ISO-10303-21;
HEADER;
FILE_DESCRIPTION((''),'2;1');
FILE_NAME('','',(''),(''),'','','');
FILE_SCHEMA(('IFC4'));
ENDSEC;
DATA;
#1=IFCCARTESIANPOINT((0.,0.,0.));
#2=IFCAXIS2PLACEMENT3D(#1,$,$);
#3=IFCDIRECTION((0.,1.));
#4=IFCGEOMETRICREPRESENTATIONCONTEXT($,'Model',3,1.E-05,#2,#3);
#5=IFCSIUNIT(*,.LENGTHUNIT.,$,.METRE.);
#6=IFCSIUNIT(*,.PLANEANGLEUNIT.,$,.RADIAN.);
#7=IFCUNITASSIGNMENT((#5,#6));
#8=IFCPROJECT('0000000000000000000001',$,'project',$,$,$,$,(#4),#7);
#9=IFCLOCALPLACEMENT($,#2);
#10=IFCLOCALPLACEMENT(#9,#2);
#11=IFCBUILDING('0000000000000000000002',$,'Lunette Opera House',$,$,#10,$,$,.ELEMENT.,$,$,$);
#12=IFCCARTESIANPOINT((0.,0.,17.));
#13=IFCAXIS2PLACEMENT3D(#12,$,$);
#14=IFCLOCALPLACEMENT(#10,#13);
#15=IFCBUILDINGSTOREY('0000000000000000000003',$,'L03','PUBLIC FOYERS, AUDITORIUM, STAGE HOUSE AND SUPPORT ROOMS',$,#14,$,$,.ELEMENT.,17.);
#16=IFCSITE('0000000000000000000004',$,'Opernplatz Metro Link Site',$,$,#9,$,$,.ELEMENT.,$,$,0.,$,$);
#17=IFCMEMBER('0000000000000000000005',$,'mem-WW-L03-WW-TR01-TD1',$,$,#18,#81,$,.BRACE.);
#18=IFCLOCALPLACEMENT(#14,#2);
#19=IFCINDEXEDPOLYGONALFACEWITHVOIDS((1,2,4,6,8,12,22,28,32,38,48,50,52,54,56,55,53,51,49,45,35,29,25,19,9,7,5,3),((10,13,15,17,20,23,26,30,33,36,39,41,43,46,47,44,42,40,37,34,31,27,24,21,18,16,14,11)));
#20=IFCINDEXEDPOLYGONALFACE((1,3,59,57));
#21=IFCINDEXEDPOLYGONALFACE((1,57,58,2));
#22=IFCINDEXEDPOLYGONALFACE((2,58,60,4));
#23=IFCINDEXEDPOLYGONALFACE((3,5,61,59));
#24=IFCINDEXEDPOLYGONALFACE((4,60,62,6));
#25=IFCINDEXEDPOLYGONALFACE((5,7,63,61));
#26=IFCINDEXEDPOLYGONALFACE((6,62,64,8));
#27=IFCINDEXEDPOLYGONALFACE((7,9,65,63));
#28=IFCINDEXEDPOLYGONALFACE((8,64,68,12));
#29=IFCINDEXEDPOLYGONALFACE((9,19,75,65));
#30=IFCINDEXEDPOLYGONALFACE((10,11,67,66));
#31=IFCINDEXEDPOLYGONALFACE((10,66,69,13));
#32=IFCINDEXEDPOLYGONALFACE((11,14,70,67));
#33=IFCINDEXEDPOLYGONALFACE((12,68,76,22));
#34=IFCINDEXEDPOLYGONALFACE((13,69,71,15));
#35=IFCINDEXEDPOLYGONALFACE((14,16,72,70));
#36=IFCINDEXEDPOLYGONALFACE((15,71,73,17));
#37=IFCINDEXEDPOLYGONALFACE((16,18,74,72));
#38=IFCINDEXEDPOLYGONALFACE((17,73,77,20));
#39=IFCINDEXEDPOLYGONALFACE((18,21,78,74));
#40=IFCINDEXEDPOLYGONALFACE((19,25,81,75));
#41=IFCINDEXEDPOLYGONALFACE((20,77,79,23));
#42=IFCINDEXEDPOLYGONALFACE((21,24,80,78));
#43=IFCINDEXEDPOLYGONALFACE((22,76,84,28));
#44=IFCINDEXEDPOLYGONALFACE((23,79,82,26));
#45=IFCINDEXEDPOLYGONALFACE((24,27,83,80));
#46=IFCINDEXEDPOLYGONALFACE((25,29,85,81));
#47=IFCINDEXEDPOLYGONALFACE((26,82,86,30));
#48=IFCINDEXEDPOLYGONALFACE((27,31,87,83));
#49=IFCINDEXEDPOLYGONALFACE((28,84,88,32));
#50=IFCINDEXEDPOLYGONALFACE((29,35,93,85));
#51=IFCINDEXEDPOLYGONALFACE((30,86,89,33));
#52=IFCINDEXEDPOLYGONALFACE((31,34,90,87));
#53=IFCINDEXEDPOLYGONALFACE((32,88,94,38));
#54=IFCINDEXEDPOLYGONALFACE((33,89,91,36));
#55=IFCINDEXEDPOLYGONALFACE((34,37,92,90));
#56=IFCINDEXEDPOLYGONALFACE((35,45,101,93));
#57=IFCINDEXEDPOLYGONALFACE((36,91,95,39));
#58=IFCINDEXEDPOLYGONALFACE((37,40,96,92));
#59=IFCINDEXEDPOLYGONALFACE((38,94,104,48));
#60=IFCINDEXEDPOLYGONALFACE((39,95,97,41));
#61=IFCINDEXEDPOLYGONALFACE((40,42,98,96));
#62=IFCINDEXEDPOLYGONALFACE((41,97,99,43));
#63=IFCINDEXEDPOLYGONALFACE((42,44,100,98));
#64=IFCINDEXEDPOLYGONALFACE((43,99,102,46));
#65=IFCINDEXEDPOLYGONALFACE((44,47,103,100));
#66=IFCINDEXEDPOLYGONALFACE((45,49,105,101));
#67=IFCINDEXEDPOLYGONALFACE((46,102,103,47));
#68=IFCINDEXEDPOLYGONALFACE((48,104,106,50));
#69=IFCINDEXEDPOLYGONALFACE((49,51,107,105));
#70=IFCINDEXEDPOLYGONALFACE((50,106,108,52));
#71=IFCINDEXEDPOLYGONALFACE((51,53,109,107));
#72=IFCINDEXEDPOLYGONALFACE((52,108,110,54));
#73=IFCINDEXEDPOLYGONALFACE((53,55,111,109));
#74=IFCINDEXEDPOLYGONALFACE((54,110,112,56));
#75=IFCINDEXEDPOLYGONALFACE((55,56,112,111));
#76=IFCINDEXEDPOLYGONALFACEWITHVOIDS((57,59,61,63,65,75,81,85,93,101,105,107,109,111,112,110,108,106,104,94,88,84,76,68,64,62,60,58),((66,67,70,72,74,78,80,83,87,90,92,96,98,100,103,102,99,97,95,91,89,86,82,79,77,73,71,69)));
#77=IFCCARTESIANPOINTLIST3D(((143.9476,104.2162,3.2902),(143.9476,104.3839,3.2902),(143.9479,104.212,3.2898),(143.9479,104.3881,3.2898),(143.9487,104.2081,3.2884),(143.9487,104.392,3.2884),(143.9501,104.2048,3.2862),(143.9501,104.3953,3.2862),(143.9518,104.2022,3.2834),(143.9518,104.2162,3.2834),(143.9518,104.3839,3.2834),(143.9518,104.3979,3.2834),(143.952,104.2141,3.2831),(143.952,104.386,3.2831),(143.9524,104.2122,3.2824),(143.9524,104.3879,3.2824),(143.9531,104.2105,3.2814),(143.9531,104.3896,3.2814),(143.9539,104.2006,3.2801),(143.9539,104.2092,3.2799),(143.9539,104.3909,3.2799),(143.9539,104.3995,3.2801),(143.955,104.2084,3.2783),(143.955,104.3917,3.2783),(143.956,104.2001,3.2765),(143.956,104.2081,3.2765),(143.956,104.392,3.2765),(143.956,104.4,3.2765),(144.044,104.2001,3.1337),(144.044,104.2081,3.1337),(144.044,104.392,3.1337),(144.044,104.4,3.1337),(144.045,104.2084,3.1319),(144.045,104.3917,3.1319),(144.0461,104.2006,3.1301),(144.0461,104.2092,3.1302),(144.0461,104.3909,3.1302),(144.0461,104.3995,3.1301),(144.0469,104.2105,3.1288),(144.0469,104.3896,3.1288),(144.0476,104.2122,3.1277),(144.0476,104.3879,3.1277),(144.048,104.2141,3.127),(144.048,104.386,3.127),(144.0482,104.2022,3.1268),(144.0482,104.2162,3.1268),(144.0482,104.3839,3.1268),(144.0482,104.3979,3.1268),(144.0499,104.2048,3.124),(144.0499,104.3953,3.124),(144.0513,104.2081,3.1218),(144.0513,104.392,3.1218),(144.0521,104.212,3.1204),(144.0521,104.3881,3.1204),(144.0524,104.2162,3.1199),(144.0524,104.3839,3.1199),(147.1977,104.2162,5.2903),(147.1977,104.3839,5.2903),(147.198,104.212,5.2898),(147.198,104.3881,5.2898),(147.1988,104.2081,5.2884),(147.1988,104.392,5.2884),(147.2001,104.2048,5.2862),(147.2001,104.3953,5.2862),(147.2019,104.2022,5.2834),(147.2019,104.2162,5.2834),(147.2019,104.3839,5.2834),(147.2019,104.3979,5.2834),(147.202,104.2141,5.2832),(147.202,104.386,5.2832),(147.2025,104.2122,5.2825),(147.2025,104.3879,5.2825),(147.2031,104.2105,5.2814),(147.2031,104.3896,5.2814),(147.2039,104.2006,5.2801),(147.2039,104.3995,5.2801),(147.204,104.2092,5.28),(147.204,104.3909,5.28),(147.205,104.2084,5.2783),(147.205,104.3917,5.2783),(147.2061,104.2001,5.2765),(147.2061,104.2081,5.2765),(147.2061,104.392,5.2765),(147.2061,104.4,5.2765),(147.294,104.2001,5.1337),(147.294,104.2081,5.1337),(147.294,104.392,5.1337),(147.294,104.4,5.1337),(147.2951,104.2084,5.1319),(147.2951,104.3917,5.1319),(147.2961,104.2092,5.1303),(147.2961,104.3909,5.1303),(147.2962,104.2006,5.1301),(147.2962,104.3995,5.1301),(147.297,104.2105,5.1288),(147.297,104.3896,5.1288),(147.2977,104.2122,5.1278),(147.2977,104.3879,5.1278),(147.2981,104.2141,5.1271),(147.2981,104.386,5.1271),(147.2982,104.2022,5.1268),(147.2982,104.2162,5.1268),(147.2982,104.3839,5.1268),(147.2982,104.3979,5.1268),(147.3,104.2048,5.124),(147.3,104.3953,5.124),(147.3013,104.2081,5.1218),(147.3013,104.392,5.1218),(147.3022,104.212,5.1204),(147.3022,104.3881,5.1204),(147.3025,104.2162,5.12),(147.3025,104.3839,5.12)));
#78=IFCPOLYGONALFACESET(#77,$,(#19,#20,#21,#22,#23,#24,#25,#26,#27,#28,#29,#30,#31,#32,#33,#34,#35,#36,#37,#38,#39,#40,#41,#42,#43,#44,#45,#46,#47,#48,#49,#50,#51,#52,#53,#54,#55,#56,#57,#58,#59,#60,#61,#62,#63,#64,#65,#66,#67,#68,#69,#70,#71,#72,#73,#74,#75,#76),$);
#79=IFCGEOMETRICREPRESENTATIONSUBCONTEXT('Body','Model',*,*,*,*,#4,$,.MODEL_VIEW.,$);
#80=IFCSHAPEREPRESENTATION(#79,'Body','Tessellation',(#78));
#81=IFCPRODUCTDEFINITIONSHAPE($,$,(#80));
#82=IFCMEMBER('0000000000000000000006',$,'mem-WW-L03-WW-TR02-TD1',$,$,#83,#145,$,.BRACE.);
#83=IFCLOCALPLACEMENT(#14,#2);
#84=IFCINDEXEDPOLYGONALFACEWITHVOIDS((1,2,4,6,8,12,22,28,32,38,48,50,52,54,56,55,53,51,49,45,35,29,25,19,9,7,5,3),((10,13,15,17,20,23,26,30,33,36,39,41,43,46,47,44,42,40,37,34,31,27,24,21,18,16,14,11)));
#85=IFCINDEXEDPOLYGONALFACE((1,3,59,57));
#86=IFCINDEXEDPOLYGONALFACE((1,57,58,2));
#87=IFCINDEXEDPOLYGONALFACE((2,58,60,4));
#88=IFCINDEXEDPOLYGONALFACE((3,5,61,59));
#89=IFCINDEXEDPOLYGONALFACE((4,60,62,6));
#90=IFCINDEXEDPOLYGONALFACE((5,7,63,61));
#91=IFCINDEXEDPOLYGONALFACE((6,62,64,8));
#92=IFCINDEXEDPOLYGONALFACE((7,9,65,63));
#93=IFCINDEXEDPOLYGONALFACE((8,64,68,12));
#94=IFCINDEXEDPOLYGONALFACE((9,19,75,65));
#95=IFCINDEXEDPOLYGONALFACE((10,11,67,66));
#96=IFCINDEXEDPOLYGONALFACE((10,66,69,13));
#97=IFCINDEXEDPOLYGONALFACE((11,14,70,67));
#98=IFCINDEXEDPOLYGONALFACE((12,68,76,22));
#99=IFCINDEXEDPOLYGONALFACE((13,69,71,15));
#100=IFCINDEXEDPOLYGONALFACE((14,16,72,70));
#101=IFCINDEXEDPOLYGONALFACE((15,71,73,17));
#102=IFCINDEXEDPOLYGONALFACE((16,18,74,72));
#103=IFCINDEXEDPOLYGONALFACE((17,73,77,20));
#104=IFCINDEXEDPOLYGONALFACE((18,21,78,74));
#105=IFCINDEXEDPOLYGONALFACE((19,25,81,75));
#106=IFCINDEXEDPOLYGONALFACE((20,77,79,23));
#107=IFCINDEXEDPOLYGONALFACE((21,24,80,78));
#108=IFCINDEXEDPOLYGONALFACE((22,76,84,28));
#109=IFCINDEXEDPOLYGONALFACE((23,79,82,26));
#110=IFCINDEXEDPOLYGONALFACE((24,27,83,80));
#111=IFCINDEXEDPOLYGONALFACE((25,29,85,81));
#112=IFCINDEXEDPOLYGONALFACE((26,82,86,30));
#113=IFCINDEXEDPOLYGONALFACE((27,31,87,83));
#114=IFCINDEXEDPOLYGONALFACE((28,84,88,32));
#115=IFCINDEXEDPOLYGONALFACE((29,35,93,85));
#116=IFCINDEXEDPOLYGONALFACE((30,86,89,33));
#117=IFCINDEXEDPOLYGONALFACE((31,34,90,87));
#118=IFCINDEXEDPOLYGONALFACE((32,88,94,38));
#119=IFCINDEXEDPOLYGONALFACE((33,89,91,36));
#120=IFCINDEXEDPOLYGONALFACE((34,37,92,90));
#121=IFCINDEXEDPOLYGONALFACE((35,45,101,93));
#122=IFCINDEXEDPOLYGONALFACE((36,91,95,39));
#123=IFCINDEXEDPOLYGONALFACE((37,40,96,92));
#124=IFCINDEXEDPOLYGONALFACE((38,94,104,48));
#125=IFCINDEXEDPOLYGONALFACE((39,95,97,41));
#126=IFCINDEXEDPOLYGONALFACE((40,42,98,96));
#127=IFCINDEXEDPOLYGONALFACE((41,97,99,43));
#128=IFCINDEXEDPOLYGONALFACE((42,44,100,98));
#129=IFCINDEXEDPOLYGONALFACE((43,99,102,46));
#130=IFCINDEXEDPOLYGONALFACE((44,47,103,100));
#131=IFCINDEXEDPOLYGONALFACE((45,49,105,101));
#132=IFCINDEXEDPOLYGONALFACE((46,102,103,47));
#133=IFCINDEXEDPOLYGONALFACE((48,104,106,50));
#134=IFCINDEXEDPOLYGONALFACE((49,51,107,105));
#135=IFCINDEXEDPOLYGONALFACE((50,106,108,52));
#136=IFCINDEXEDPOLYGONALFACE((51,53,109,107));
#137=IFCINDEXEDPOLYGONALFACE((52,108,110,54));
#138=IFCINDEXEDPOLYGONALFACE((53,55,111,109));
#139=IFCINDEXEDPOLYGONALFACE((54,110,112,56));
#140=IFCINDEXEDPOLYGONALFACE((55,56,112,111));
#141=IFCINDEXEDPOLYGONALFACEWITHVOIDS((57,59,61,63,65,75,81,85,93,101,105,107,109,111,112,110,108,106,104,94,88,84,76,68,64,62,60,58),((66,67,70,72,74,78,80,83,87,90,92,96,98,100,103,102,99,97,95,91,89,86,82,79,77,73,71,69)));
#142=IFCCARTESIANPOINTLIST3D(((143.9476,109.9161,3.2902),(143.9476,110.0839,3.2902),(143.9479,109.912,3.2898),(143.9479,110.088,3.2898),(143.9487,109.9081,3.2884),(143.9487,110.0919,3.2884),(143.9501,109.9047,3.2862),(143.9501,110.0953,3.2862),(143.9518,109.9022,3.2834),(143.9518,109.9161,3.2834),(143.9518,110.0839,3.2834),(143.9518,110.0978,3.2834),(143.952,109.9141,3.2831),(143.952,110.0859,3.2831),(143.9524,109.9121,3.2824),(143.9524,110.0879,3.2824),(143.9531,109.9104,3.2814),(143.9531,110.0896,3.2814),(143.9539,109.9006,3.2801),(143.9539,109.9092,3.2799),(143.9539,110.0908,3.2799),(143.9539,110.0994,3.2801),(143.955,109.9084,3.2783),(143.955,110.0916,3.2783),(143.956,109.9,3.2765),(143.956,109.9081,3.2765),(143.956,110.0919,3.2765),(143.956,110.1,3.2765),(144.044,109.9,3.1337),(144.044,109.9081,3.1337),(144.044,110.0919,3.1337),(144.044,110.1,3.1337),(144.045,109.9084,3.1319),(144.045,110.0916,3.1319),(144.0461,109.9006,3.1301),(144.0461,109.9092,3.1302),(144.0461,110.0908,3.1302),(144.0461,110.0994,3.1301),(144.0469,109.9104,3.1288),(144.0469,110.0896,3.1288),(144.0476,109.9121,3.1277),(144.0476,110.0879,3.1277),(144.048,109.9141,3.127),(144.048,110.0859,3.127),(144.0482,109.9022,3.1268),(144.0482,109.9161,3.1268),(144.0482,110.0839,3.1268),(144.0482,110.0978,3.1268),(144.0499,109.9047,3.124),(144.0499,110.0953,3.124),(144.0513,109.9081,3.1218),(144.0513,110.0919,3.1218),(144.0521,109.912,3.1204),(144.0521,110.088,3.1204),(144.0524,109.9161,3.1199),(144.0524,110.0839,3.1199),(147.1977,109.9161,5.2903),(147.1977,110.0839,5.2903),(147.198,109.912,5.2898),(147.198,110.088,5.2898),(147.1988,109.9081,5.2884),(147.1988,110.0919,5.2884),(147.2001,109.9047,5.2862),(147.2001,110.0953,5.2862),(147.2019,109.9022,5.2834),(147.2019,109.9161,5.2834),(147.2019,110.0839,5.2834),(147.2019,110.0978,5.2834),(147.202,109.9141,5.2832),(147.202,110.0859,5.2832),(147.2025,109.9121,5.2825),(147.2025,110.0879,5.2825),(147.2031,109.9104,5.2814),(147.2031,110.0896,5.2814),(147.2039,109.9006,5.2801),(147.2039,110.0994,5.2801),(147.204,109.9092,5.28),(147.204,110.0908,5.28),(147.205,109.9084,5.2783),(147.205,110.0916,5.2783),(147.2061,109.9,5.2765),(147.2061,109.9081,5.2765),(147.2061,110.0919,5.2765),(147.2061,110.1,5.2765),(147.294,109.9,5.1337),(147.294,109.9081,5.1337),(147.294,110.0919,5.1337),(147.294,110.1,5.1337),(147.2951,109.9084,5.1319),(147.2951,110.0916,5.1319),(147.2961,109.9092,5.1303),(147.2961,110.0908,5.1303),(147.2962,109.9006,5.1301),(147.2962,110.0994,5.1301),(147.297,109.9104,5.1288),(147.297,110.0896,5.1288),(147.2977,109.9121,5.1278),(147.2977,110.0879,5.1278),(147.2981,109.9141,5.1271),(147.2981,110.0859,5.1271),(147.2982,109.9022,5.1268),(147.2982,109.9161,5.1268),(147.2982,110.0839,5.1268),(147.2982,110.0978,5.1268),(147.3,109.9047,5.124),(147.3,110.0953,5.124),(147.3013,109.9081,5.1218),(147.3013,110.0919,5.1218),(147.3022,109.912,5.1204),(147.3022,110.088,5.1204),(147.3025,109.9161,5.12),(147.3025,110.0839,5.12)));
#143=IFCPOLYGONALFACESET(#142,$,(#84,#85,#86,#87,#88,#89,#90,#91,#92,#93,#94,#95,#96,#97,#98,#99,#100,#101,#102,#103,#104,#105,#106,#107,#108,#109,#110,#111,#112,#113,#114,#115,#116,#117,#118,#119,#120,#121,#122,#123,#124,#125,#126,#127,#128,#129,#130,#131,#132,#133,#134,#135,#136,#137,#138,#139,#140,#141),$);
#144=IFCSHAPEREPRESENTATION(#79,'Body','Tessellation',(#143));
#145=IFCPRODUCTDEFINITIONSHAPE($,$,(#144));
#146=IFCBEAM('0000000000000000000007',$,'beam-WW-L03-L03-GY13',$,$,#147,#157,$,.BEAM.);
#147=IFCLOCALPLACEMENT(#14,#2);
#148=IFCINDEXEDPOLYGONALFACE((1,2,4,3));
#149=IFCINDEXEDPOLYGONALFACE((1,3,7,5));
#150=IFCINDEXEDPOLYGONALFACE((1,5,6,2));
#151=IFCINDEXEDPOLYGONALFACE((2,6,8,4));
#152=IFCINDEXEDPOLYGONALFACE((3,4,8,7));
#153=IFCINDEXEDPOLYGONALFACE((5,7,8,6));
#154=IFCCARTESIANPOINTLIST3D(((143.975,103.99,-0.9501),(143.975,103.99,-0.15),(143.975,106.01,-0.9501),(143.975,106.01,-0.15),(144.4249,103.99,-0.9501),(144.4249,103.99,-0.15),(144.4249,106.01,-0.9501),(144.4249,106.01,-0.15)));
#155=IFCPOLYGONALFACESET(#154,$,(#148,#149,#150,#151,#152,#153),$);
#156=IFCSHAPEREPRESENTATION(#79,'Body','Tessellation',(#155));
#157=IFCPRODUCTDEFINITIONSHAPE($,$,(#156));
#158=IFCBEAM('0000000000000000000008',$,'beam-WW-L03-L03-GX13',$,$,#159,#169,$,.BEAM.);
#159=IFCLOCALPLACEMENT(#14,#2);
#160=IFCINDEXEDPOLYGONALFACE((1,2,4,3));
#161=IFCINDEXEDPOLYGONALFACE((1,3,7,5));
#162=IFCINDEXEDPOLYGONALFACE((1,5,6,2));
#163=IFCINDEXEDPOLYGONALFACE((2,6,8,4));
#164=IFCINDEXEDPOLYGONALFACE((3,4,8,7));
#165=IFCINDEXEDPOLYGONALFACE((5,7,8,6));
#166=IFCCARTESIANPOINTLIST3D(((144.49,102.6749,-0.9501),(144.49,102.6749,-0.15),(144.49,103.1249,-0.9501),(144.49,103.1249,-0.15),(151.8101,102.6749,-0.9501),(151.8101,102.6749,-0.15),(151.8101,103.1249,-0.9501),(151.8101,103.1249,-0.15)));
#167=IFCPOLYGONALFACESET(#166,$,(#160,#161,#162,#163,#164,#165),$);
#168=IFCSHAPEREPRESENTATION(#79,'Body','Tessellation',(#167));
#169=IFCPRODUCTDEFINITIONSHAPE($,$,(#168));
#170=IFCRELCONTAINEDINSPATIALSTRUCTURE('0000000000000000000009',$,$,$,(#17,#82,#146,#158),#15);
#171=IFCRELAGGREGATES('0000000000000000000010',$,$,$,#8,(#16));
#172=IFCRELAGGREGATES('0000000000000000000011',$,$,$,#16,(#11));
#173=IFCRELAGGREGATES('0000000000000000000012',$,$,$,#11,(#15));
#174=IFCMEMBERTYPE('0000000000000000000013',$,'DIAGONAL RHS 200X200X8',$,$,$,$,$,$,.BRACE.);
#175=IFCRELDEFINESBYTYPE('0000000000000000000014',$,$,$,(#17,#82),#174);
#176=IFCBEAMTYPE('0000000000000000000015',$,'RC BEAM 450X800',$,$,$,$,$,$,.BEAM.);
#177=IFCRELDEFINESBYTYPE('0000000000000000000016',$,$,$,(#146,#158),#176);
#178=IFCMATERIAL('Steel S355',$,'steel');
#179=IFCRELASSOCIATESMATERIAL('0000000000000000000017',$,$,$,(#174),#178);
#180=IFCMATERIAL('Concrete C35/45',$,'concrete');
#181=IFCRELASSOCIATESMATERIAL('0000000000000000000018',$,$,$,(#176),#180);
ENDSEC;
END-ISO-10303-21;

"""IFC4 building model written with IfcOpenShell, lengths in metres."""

from ifc_helpers import new_model, si_unit, direction, frame, origin, origin_2d, place, context, subcontext, project, spatial, rectangle, hollow_rectangle, extrude, material, material_profile, profile_set, type_object, element, save


model = new_model("IFC4")

# Units and contexts
model_context = context("Model", 3, precision=1e-05, world=origin(), true_north=direction((0.0, 1.0)))
body_context = subcontext(model_context, "Body", "Model", "MODEL_VIEW")
ifc_project = project(units=[si_unit("LENGTHUNIT", "METRE"), si_unit("PLANEANGLEUNIT", "RADIAN")], contexts=[model_context])

# Site, building, storey
site_placement = place(None, origin())
site = spatial("IfcSite", under=ifc_project, at=site_placement, Name="Opernplatz Metro Link Site", CompositionType="ELEMENT", RefElevation=0.0)
building_placement = place(site_placement, origin())
building = spatial("IfcBuilding", under=site, at=building_placement, Name="Lunette Opera House", CompositionType="ELEMENT")
storey_placement = place(building_placement, frame((0.0, 0.0, 17.0)))
storey = spatial("IfcBuildingStorey", under=building, at=storey_placement, Name="L03", Description="PUBLIC FOYERS, AUDITORIUM, STAGE HOUSE AND SUPPORT ROOMS", CompositionType="ELEMENT", Elevation=17.0)

# Members
ifc_material_1 = material(Name="Steel S355", Category="steel")
ifc_material_profile_1 = material_profile(ifc_material_1, hollow_rectangle(XDim=0.2, YDim=0.2, WallThickness=0.0081, InnerFilletRadius=0.0081, OuterFilletRadius=0.0161, at=origin_2d()), Name="RHS 200X200X8")
ifc_profile_set_1 = profile_set([ifc_material_profile_1], Name="Steel S355")
member_type_1 = type_object("IfcMemberType", Name="DIAGONAL RHS 200X200X8", PredefinedType="BRACE", material=ifc_profile_set_1)
for number, where, z_axis, x_axis, name in (
    (1, (144.0, 104.3, 3.2051), (0.851658, 0.0, 0.524097), (0.0, 1.0, 0.0), "mem-WW-L03-WW-TR01-TD1"),
    (2, (144.0, 110.0, 3.2051), (0.851658, 0.0, 0.524097), (0.0, 1.0, 0.0), "mem-WW-L03-WW-TR02-TD1"),
):
    element("IfcMember", number, at=place(storey_placement, frame(where, z_axis=z_axis, x_axis=x_axis)), inside=storey, type_object=member_type_1, Name=name, PredefinedType="BRACE", context=body_context, shape_type="SweptSolid", body=[
        extrude(hollow_rectangle(XDim=0.2, YDim=0.2, WallThickness=0.0081, InnerFilletRadius=0.0081, OuterFilletRadius=0.0161, at=origin_2d()), origin(), (0.0, 0.0, 1.0), 3.8162),
    ])

# Beams
ifc_material_2 = material(Name="Concrete C35/45", Category="concrete")
ifc_material_profile_2 = material_profile(ifc_material_2, rectangle(XDim=0.45, YDim=0.8, at=origin_2d()), Name="RC BEAM 450X800")
ifc_profile_set_2 = profile_set([ifc_material_profile_2], Name="Concrete C35/45")
beam_type_1 = type_object("IfcBeamType", Name="RC BEAM 450X800", PredefinedType="BEAM", material=ifc_profile_set_2)
beam_1_placement = place(storey_placement, frame((144.2, 103.99, -0.55), z_axis=(0.0, 1.0, 0.0), x_axis=(-1.0, 0.0, 0.0)))
element("IfcBeam", 3, at=beam_1_placement, inside=storey, type_object=beam_type_1, Name="beam-WW-L03-L03-GY13", PredefinedType="BEAM", context=body_context, shape_type="SweptSolid", body=[
    extrude(rectangle(XDim=0.45, YDim=0.8, at=origin_2d()), origin(), (0.0, 0.0, 1.0), 2.02),
])
beam_2_placement = place(storey_placement, frame((144.49, 102.8999, -0.55), z_axis=(1.0, 0.0, 0.0), x_axis=(0.0, 1.0, 0.0)))
element("IfcBeam", 4, at=beam_2_placement, inside=storey, type_object=beam_type_1, Name="beam-WW-L03-L03-GX13", PredefinedType="BEAM", context=body_context, shape_type="SweptSolid", body=[
    extrude(rectangle(XDim=0.45, YDim=0.8, at=origin_2d()), origin(), (0.0, 0.0, 1.0), 7.3201),
])

save(model, "model.ifc")
